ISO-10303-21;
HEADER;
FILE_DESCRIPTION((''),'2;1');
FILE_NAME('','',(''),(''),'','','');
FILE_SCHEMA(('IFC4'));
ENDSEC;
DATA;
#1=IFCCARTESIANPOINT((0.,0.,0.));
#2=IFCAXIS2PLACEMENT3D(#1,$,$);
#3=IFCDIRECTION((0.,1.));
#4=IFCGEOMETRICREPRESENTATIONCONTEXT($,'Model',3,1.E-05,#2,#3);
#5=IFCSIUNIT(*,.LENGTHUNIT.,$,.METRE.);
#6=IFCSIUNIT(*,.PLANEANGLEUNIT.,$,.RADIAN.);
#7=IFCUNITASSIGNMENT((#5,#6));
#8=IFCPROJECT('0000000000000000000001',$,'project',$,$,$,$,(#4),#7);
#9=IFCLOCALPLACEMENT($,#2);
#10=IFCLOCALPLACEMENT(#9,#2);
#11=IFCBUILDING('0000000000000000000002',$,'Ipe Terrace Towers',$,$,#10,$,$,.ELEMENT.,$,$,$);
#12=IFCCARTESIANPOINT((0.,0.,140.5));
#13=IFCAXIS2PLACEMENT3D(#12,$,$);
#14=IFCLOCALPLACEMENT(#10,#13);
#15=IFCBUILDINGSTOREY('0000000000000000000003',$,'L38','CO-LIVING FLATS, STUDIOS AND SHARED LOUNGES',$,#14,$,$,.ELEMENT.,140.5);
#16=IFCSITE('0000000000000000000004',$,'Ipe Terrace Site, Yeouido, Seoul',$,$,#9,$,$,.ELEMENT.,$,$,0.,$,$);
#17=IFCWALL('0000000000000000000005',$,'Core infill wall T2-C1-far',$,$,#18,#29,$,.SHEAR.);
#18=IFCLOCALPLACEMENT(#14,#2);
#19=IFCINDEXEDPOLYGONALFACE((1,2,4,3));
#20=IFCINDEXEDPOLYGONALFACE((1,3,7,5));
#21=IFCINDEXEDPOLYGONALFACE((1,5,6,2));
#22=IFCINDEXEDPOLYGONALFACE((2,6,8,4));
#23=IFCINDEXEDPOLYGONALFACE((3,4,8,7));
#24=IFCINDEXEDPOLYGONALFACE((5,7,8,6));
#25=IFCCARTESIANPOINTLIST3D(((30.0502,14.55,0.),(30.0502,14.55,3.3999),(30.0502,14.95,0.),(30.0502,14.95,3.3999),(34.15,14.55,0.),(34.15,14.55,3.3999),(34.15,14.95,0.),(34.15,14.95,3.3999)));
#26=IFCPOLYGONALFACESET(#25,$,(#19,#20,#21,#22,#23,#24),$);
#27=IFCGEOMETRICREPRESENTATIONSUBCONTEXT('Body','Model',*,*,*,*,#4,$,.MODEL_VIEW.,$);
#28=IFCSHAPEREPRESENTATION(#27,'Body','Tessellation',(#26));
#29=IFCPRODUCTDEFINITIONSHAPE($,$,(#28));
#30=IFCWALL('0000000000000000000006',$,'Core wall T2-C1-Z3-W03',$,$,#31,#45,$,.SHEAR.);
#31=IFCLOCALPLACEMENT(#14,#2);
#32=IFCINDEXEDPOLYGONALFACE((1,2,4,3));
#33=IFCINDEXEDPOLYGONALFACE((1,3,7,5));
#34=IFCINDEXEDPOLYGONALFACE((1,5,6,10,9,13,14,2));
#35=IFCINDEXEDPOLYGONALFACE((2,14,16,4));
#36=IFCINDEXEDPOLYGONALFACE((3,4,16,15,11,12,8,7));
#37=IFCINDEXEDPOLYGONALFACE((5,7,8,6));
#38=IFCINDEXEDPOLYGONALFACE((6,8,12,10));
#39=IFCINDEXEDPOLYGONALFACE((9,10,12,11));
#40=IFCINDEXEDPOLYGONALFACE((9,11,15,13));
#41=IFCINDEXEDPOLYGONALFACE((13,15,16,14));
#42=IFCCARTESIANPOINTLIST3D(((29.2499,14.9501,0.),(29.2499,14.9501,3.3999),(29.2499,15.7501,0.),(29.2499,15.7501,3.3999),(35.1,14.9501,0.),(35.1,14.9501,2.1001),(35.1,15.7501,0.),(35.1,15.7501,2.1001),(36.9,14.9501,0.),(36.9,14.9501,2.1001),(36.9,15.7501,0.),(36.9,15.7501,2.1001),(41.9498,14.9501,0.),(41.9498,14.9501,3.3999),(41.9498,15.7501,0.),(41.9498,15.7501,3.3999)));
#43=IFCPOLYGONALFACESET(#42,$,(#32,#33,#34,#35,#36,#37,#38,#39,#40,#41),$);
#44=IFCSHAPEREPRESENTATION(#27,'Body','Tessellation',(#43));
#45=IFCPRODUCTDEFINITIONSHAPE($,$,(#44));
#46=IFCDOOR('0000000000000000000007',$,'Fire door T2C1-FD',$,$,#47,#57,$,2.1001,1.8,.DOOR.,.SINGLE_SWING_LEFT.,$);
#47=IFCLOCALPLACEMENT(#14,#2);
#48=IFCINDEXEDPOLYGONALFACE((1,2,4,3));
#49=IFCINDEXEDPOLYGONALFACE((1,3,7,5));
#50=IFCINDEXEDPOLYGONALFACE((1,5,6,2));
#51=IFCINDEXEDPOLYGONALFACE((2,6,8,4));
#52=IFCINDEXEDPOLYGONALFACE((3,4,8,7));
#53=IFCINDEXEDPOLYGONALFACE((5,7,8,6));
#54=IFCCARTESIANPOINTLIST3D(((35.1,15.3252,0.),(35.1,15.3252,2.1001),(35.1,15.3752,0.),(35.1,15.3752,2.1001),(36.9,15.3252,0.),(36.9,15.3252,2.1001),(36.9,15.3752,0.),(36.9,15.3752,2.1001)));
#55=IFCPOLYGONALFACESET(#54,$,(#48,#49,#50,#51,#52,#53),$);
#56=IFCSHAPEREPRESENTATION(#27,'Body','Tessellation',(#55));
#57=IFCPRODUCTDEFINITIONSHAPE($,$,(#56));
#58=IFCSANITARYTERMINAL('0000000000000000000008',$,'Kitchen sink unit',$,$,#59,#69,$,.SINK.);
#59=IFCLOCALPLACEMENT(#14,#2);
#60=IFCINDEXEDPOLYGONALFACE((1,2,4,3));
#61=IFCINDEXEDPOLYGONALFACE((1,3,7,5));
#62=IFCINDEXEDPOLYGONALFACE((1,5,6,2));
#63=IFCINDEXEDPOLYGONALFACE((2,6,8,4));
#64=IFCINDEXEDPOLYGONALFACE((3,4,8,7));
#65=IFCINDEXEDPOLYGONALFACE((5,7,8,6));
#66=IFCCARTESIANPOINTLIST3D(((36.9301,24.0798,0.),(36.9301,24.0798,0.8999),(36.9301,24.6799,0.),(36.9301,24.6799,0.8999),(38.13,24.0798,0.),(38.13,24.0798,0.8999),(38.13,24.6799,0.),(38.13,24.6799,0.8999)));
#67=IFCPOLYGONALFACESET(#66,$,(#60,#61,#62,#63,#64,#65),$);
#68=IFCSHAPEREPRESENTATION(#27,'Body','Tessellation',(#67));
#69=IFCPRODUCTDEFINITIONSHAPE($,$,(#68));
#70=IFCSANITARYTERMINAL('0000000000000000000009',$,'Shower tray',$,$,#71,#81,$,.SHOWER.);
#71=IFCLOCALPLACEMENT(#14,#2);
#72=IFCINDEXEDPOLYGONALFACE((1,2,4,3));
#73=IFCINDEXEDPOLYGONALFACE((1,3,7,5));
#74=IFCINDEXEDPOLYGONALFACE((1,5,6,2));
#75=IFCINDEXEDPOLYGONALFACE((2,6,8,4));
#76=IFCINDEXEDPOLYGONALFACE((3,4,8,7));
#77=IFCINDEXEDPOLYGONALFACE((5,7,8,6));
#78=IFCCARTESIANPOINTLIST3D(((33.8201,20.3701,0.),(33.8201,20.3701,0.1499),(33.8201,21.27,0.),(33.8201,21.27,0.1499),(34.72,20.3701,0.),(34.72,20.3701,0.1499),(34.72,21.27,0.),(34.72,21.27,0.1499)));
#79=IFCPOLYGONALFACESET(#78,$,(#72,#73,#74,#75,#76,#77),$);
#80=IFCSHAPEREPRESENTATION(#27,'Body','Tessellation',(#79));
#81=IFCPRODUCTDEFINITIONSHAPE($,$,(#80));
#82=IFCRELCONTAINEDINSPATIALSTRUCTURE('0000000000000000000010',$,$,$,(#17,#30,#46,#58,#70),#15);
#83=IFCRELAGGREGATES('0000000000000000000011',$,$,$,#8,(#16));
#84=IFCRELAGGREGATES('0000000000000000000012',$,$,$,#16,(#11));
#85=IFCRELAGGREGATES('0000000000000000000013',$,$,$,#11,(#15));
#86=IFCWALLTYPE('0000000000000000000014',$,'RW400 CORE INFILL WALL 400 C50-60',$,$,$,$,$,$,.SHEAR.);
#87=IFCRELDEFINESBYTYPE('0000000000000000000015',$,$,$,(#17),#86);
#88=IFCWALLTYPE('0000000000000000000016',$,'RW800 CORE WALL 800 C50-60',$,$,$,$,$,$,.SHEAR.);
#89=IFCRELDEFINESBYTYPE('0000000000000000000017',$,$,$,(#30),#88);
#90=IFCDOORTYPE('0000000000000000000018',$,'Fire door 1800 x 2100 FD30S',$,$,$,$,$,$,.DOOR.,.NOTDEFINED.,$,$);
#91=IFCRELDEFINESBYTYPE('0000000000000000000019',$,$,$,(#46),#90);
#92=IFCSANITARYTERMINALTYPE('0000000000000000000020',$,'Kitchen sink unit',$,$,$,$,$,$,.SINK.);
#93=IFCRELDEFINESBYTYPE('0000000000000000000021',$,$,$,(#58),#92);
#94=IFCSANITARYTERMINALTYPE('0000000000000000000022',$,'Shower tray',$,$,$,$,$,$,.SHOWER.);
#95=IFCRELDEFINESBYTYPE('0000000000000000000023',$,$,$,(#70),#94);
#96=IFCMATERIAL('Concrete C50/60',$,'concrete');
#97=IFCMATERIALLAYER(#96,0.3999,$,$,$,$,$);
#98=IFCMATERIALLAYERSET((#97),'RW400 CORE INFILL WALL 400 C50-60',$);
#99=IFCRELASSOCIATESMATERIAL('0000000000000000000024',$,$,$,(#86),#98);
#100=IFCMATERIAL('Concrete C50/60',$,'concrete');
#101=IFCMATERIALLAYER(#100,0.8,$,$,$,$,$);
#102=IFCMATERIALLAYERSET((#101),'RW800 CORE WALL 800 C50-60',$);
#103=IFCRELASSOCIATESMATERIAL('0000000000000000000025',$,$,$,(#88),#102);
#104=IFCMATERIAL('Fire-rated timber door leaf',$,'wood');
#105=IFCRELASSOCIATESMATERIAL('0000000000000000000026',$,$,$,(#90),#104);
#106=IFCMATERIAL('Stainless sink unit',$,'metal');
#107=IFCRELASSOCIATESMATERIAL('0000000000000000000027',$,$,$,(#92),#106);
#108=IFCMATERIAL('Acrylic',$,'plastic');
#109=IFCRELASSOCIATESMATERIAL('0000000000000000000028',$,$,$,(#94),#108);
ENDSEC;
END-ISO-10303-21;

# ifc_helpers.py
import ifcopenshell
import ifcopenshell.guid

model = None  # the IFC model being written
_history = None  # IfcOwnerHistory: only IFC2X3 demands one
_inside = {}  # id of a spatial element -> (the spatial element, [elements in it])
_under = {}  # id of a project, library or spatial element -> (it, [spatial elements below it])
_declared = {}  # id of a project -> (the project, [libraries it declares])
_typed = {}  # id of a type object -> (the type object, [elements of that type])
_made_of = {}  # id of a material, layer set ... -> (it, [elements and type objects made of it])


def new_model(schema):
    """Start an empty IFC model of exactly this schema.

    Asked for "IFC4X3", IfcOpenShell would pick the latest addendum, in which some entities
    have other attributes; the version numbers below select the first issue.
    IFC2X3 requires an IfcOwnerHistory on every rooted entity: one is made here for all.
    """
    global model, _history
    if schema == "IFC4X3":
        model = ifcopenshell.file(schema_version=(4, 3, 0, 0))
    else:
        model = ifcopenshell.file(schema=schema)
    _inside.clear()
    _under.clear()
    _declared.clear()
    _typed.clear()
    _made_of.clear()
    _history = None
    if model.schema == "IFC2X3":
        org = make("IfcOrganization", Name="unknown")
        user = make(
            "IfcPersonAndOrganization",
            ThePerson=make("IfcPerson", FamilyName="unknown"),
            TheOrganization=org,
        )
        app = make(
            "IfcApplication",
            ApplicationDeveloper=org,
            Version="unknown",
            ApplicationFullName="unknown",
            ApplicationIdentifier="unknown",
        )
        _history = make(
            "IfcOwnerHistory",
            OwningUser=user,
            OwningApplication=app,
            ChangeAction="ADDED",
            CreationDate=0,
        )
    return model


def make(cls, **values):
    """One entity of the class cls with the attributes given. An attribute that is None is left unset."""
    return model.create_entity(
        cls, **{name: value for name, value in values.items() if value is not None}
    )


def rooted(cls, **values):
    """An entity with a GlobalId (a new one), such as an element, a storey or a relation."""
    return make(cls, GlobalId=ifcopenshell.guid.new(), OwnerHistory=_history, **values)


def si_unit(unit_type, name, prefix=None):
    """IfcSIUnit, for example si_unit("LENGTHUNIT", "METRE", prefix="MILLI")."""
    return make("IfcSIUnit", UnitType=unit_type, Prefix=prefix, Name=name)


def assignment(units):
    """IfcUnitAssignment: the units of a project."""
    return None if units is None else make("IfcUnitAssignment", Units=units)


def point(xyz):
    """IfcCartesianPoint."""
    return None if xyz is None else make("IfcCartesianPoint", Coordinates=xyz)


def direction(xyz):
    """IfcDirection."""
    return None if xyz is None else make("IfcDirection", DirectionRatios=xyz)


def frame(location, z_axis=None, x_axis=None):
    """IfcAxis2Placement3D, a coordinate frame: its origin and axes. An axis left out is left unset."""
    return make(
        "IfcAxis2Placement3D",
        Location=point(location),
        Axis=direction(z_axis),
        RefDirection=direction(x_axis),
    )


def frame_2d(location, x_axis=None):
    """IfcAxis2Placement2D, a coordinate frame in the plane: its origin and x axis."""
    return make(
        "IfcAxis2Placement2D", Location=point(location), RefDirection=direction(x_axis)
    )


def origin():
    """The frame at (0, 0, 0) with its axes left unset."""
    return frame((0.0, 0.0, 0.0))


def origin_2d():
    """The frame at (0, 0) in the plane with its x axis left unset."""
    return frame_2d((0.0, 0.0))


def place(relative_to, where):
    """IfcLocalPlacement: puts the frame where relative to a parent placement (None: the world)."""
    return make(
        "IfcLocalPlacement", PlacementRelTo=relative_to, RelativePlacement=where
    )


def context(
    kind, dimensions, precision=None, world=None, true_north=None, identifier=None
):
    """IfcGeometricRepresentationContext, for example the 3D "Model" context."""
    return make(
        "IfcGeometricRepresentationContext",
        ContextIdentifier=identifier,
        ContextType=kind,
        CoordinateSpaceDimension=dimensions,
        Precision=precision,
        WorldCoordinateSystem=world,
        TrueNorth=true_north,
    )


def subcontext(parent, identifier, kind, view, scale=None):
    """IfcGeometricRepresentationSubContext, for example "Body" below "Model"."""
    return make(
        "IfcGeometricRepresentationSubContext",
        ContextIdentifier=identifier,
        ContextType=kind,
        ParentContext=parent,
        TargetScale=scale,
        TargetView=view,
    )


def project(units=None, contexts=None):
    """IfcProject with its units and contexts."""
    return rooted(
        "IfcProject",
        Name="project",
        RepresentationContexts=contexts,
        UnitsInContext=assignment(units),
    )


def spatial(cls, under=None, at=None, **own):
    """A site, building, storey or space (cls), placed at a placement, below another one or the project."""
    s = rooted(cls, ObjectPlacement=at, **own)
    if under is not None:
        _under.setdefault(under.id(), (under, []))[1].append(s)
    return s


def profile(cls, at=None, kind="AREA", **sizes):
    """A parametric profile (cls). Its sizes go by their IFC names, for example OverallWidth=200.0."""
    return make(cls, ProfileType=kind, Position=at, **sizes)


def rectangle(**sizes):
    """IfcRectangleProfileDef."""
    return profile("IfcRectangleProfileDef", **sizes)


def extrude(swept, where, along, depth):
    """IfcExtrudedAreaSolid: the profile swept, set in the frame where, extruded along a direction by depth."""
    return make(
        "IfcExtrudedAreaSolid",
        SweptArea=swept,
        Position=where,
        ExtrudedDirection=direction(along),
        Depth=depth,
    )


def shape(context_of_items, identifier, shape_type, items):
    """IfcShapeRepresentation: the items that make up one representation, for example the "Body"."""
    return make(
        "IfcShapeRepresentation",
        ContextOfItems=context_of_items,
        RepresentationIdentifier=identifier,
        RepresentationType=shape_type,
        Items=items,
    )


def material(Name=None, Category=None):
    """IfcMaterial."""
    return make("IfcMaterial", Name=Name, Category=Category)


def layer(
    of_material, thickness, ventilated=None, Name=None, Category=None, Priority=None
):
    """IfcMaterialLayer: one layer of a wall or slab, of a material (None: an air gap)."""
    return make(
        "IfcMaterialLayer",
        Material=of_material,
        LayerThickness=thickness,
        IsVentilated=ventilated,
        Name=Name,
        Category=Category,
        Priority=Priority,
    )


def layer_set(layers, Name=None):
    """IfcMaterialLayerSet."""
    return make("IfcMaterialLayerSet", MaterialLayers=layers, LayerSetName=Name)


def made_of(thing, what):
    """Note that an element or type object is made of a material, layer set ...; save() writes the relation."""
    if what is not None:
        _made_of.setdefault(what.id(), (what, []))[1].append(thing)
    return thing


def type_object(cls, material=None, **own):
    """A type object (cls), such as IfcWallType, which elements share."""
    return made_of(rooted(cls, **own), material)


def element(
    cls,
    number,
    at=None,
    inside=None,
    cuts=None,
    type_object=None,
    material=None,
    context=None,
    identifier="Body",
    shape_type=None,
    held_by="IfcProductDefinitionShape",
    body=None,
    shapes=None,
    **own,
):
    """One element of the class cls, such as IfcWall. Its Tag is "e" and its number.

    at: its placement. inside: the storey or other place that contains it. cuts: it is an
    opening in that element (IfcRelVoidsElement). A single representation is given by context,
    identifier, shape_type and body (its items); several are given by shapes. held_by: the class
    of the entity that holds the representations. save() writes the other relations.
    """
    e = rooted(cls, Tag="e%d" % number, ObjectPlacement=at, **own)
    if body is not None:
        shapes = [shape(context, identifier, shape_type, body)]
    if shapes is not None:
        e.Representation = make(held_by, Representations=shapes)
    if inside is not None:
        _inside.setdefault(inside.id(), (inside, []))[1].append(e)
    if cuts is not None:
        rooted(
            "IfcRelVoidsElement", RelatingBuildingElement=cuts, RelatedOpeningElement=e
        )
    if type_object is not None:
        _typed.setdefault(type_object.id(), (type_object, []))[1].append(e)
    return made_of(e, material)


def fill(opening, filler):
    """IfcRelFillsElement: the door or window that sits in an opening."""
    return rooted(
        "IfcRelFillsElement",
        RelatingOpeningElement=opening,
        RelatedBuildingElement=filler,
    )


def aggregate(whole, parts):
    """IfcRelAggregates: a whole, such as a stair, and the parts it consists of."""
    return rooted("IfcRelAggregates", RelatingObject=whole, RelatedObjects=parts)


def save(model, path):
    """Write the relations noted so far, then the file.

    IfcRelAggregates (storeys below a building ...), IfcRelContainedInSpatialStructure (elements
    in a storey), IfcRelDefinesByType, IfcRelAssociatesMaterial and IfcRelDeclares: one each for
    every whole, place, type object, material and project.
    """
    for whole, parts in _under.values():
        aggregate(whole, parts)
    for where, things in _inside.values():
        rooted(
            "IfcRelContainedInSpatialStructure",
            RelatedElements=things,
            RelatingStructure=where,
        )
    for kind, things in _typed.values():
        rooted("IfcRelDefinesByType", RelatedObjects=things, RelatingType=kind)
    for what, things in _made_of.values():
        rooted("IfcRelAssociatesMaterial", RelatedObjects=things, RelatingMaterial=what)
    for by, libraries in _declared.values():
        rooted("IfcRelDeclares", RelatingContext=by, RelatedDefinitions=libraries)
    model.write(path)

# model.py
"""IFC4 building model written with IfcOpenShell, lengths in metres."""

from ifc_helpers import new_model, si_unit, direction, frame, frame_2d, origin, origin_2d, place, context, subcontext, project, spatial, rectangle, extrude, material, layer, layer_set, type_object, element, fill, save


model = new_model("IFC4")

# Units and contexts
model_context = context("Model", 3, precision=1e-05, world=origin(), true_north=direction((0.0, 1.0)))
body_context = subcontext(model_context, "Body", "Model", "MODEL_VIEW")
ifc_project = project(units=[si_unit("LENGTHUNIT", "METRE"), si_unit("PLANEANGLEUNIT", "RADIAN")], contexts=[model_context])

# Site, building, storey
site_placement = place(None, origin())
site = spatial("IfcSite", under=ifc_project, at=site_placement, Name="Ipe Terrace Site, Yeouido, Seoul", CompositionType="ELEMENT", RefElevation=0.0)
building_placement = place(site_placement, origin())
building = spatial("IfcBuilding", under=site, at=building_placement, Name="Ipe Terrace Towers", CompositionType="ELEMENT")
storey_placement = place(building_placement, frame((0.0, 0.0, 140.5)))
storey = spatial("IfcBuildingStorey", under=building, at=storey_placement, Name="L38", Description="CO-LIVING FLATS, STUDIOS AND SHARED LOUNGES", CompositionType="ELEMENT", Elevation=140.5)

# Wall
ifc_material_1 = material(Name="Concrete C50/60", Category="concrete")
ifc_layer_1 = layer(ifc_material_1, 0.3999)
ifc_layer_set_1 = layer_set([ifc_layer_1], Name="RW400 CORE INFILL WALL 400 C50-60")
wall_type_1 = type_object("IfcWallType", Name="RW400 CORE INFILL WALL 400 C50-60", PredefinedType="SHEAR", material=ifc_layer_set_1)
wall_1_placement = place(storey_placement, frame((34.1499, 14.75, 0.0), z_axis=(0.0, 0.0, 1.0), x_axis=(-1.0, 0.0, 0.0)))
element("IfcWall", 1, at=wall_1_placement, inside=storey, type_object=wall_type_1, Name="Core infill wall T2-C1-far", PredefinedType="SHEAR", context=body_context, shape_type="SweptSolid", body=[
    extrude(rectangle(XDim=4.0999, YDim=0.3999, at=frame_2d((2.0498, 0.0))), origin(), (0.0, 0.0, 1.0), 3.3999),
])

# Wall, opening, door
ifc_material_2 = material(Name="Concrete C50/60", Category="concrete")
ifc_layer_2 = layer(ifc_material_2, 0.8)
ifc_layer_set_2 = layer_set([ifc_layer_2], Name="RW800 CORE WALL 800 C50-60")
wall_type_2 = type_object("IfcWallType", Name="RW800 CORE WALL 800 C50-60", PredefinedType="SHEAR", material=ifc_layer_set_2)
wall_2_placement = place(storey_placement, frame((41.95, 15.3501, 0.0), z_axis=(0.0, 0.0, 1.0), x_axis=(-1.0, 0.0, 0.0)))
wall_2 = element("IfcWall", 2, at=wall_2_placement, inside=storey, type_object=wall_type_2, Name="Core wall T2-C1-Z3-W03", PredefinedType="SHEAR", context=body_context, shape_type="SweptSolid", body=[
    extrude(rectangle(XDim=12.7, YDim=0.8, at=frame_2d((6.3501, 0.0))), origin(), (0.0, 0.0, 1.0), 3.3999),
])
opening_1_placement = place(wall_2_placement, frame((5.05, 0.0, 0.0)))
opening_1 = element("IfcOpeningElement", 3, at=opening_1_placement, cuts=wall_2, PredefinedType="OPENING", context=body_context, shape_type="SweptSolid", body=[
    extrude(rectangle(XDim=1.8, YDim=2.1001, at=frame_2d((0.8999, 1.05))), frame((0.0, 0.4102, 0.0), z_axis=(0.0, -1.0, 0.0), x_axis=(1.0, 0.0, 0.0)), (0.0, 0.0, 1.0), 0.8201),
])
ifc_material_3 = material(Name="Fire-rated timber door leaf", Category="wood")
door_type_1 = type_object("IfcDoorType", Name="Fire door 1800 x 2100 FD30S", OperationType="NOTDEFINED", PredefinedType="DOOR", material=ifc_material_3)
door_1_placement = place(opening_1_placement, origin())
door_1 = element("IfcDoor", 4, at=door_1_placement, inside=storey, type_object=door_type_1, Name="Fire door T2C1-FD", OperationType="SINGLE_SWING_LEFT", OverallHeight=2.1001, OverallWidth=1.8, PredefinedType="DOOR", context=body_context, shape_type="SweptSolid", body=[
    extrude(rectangle(XDim=1.8, YDim=2.1001, at=frame_2d((0.8999, 1.05))), frame((0.0, 0.0249, 0.0), z_axis=(0.0, -1.0, 0.0), x_axis=(1.0, 0.0, 0.0)), (0.0, 0.0, 1.0), 0.05),
])
fill(opening_1, door_1)

# Sanitary terminals
ifc_material_4 = material(Name="Stainless sink unit", Category="metal")
sanitary_terminal_type_1 = type_object("IfcSanitaryTerminalType", Name="Kitchen sink unit", PredefinedType="SINK", material=ifc_material_4)
sanitary_terminal_1_placement = place(storey_placement, frame((37.53, 24.3799, 0.0), z_axis=(0.0, 0.0, 1.0), x_axis=(1.0, 0.0, 0.0)))
element("IfcSanitaryTerminal", 5, at=sanitary_terminal_1_placement, inside=storey, type_object=sanitary_terminal_type_1, Name="Kitchen sink unit", PredefinedType="SINK", context=body_context, shape_type="SweptSolid", body=[
    extrude(rectangle(XDim=1.2, YDim=0.6001, at=origin_2d()), origin(), (0.0, 0.0, 1.0), 0.8999),
])
ifc_material_5 = material(Name="Acrylic", Category="plastic")
sanitary_terminal_type_2 = type_object("IfcSanitaryTerminalType", Name="Shower tray", PredefinedType="SHOWER", material=ifc_material_5)
sanitary_terminal_2_placement = place(storey_placement, frame((34.27, 20.8201, 0.0), z_axis=(0.0, 0.0, 1.0), x_axis=(1.0, 0.0, 0.0)))
element("IfcSanitaryTerminal", 6, at=sanitary_terminal_2_placement, inside=storey, type_object=sanitary_terminal_type_2, Name="Shower tray", PredefinedType="SHOWER", context=body_context, shape_type="SweptSolid", body=[
    extrude(rectangle(XDim=0.8999, YDim=0.8999, at=origin_2d()), origin(), (0.0, 0.0, 1.0), 0.1499),
])

save(model, "model.ifc")
